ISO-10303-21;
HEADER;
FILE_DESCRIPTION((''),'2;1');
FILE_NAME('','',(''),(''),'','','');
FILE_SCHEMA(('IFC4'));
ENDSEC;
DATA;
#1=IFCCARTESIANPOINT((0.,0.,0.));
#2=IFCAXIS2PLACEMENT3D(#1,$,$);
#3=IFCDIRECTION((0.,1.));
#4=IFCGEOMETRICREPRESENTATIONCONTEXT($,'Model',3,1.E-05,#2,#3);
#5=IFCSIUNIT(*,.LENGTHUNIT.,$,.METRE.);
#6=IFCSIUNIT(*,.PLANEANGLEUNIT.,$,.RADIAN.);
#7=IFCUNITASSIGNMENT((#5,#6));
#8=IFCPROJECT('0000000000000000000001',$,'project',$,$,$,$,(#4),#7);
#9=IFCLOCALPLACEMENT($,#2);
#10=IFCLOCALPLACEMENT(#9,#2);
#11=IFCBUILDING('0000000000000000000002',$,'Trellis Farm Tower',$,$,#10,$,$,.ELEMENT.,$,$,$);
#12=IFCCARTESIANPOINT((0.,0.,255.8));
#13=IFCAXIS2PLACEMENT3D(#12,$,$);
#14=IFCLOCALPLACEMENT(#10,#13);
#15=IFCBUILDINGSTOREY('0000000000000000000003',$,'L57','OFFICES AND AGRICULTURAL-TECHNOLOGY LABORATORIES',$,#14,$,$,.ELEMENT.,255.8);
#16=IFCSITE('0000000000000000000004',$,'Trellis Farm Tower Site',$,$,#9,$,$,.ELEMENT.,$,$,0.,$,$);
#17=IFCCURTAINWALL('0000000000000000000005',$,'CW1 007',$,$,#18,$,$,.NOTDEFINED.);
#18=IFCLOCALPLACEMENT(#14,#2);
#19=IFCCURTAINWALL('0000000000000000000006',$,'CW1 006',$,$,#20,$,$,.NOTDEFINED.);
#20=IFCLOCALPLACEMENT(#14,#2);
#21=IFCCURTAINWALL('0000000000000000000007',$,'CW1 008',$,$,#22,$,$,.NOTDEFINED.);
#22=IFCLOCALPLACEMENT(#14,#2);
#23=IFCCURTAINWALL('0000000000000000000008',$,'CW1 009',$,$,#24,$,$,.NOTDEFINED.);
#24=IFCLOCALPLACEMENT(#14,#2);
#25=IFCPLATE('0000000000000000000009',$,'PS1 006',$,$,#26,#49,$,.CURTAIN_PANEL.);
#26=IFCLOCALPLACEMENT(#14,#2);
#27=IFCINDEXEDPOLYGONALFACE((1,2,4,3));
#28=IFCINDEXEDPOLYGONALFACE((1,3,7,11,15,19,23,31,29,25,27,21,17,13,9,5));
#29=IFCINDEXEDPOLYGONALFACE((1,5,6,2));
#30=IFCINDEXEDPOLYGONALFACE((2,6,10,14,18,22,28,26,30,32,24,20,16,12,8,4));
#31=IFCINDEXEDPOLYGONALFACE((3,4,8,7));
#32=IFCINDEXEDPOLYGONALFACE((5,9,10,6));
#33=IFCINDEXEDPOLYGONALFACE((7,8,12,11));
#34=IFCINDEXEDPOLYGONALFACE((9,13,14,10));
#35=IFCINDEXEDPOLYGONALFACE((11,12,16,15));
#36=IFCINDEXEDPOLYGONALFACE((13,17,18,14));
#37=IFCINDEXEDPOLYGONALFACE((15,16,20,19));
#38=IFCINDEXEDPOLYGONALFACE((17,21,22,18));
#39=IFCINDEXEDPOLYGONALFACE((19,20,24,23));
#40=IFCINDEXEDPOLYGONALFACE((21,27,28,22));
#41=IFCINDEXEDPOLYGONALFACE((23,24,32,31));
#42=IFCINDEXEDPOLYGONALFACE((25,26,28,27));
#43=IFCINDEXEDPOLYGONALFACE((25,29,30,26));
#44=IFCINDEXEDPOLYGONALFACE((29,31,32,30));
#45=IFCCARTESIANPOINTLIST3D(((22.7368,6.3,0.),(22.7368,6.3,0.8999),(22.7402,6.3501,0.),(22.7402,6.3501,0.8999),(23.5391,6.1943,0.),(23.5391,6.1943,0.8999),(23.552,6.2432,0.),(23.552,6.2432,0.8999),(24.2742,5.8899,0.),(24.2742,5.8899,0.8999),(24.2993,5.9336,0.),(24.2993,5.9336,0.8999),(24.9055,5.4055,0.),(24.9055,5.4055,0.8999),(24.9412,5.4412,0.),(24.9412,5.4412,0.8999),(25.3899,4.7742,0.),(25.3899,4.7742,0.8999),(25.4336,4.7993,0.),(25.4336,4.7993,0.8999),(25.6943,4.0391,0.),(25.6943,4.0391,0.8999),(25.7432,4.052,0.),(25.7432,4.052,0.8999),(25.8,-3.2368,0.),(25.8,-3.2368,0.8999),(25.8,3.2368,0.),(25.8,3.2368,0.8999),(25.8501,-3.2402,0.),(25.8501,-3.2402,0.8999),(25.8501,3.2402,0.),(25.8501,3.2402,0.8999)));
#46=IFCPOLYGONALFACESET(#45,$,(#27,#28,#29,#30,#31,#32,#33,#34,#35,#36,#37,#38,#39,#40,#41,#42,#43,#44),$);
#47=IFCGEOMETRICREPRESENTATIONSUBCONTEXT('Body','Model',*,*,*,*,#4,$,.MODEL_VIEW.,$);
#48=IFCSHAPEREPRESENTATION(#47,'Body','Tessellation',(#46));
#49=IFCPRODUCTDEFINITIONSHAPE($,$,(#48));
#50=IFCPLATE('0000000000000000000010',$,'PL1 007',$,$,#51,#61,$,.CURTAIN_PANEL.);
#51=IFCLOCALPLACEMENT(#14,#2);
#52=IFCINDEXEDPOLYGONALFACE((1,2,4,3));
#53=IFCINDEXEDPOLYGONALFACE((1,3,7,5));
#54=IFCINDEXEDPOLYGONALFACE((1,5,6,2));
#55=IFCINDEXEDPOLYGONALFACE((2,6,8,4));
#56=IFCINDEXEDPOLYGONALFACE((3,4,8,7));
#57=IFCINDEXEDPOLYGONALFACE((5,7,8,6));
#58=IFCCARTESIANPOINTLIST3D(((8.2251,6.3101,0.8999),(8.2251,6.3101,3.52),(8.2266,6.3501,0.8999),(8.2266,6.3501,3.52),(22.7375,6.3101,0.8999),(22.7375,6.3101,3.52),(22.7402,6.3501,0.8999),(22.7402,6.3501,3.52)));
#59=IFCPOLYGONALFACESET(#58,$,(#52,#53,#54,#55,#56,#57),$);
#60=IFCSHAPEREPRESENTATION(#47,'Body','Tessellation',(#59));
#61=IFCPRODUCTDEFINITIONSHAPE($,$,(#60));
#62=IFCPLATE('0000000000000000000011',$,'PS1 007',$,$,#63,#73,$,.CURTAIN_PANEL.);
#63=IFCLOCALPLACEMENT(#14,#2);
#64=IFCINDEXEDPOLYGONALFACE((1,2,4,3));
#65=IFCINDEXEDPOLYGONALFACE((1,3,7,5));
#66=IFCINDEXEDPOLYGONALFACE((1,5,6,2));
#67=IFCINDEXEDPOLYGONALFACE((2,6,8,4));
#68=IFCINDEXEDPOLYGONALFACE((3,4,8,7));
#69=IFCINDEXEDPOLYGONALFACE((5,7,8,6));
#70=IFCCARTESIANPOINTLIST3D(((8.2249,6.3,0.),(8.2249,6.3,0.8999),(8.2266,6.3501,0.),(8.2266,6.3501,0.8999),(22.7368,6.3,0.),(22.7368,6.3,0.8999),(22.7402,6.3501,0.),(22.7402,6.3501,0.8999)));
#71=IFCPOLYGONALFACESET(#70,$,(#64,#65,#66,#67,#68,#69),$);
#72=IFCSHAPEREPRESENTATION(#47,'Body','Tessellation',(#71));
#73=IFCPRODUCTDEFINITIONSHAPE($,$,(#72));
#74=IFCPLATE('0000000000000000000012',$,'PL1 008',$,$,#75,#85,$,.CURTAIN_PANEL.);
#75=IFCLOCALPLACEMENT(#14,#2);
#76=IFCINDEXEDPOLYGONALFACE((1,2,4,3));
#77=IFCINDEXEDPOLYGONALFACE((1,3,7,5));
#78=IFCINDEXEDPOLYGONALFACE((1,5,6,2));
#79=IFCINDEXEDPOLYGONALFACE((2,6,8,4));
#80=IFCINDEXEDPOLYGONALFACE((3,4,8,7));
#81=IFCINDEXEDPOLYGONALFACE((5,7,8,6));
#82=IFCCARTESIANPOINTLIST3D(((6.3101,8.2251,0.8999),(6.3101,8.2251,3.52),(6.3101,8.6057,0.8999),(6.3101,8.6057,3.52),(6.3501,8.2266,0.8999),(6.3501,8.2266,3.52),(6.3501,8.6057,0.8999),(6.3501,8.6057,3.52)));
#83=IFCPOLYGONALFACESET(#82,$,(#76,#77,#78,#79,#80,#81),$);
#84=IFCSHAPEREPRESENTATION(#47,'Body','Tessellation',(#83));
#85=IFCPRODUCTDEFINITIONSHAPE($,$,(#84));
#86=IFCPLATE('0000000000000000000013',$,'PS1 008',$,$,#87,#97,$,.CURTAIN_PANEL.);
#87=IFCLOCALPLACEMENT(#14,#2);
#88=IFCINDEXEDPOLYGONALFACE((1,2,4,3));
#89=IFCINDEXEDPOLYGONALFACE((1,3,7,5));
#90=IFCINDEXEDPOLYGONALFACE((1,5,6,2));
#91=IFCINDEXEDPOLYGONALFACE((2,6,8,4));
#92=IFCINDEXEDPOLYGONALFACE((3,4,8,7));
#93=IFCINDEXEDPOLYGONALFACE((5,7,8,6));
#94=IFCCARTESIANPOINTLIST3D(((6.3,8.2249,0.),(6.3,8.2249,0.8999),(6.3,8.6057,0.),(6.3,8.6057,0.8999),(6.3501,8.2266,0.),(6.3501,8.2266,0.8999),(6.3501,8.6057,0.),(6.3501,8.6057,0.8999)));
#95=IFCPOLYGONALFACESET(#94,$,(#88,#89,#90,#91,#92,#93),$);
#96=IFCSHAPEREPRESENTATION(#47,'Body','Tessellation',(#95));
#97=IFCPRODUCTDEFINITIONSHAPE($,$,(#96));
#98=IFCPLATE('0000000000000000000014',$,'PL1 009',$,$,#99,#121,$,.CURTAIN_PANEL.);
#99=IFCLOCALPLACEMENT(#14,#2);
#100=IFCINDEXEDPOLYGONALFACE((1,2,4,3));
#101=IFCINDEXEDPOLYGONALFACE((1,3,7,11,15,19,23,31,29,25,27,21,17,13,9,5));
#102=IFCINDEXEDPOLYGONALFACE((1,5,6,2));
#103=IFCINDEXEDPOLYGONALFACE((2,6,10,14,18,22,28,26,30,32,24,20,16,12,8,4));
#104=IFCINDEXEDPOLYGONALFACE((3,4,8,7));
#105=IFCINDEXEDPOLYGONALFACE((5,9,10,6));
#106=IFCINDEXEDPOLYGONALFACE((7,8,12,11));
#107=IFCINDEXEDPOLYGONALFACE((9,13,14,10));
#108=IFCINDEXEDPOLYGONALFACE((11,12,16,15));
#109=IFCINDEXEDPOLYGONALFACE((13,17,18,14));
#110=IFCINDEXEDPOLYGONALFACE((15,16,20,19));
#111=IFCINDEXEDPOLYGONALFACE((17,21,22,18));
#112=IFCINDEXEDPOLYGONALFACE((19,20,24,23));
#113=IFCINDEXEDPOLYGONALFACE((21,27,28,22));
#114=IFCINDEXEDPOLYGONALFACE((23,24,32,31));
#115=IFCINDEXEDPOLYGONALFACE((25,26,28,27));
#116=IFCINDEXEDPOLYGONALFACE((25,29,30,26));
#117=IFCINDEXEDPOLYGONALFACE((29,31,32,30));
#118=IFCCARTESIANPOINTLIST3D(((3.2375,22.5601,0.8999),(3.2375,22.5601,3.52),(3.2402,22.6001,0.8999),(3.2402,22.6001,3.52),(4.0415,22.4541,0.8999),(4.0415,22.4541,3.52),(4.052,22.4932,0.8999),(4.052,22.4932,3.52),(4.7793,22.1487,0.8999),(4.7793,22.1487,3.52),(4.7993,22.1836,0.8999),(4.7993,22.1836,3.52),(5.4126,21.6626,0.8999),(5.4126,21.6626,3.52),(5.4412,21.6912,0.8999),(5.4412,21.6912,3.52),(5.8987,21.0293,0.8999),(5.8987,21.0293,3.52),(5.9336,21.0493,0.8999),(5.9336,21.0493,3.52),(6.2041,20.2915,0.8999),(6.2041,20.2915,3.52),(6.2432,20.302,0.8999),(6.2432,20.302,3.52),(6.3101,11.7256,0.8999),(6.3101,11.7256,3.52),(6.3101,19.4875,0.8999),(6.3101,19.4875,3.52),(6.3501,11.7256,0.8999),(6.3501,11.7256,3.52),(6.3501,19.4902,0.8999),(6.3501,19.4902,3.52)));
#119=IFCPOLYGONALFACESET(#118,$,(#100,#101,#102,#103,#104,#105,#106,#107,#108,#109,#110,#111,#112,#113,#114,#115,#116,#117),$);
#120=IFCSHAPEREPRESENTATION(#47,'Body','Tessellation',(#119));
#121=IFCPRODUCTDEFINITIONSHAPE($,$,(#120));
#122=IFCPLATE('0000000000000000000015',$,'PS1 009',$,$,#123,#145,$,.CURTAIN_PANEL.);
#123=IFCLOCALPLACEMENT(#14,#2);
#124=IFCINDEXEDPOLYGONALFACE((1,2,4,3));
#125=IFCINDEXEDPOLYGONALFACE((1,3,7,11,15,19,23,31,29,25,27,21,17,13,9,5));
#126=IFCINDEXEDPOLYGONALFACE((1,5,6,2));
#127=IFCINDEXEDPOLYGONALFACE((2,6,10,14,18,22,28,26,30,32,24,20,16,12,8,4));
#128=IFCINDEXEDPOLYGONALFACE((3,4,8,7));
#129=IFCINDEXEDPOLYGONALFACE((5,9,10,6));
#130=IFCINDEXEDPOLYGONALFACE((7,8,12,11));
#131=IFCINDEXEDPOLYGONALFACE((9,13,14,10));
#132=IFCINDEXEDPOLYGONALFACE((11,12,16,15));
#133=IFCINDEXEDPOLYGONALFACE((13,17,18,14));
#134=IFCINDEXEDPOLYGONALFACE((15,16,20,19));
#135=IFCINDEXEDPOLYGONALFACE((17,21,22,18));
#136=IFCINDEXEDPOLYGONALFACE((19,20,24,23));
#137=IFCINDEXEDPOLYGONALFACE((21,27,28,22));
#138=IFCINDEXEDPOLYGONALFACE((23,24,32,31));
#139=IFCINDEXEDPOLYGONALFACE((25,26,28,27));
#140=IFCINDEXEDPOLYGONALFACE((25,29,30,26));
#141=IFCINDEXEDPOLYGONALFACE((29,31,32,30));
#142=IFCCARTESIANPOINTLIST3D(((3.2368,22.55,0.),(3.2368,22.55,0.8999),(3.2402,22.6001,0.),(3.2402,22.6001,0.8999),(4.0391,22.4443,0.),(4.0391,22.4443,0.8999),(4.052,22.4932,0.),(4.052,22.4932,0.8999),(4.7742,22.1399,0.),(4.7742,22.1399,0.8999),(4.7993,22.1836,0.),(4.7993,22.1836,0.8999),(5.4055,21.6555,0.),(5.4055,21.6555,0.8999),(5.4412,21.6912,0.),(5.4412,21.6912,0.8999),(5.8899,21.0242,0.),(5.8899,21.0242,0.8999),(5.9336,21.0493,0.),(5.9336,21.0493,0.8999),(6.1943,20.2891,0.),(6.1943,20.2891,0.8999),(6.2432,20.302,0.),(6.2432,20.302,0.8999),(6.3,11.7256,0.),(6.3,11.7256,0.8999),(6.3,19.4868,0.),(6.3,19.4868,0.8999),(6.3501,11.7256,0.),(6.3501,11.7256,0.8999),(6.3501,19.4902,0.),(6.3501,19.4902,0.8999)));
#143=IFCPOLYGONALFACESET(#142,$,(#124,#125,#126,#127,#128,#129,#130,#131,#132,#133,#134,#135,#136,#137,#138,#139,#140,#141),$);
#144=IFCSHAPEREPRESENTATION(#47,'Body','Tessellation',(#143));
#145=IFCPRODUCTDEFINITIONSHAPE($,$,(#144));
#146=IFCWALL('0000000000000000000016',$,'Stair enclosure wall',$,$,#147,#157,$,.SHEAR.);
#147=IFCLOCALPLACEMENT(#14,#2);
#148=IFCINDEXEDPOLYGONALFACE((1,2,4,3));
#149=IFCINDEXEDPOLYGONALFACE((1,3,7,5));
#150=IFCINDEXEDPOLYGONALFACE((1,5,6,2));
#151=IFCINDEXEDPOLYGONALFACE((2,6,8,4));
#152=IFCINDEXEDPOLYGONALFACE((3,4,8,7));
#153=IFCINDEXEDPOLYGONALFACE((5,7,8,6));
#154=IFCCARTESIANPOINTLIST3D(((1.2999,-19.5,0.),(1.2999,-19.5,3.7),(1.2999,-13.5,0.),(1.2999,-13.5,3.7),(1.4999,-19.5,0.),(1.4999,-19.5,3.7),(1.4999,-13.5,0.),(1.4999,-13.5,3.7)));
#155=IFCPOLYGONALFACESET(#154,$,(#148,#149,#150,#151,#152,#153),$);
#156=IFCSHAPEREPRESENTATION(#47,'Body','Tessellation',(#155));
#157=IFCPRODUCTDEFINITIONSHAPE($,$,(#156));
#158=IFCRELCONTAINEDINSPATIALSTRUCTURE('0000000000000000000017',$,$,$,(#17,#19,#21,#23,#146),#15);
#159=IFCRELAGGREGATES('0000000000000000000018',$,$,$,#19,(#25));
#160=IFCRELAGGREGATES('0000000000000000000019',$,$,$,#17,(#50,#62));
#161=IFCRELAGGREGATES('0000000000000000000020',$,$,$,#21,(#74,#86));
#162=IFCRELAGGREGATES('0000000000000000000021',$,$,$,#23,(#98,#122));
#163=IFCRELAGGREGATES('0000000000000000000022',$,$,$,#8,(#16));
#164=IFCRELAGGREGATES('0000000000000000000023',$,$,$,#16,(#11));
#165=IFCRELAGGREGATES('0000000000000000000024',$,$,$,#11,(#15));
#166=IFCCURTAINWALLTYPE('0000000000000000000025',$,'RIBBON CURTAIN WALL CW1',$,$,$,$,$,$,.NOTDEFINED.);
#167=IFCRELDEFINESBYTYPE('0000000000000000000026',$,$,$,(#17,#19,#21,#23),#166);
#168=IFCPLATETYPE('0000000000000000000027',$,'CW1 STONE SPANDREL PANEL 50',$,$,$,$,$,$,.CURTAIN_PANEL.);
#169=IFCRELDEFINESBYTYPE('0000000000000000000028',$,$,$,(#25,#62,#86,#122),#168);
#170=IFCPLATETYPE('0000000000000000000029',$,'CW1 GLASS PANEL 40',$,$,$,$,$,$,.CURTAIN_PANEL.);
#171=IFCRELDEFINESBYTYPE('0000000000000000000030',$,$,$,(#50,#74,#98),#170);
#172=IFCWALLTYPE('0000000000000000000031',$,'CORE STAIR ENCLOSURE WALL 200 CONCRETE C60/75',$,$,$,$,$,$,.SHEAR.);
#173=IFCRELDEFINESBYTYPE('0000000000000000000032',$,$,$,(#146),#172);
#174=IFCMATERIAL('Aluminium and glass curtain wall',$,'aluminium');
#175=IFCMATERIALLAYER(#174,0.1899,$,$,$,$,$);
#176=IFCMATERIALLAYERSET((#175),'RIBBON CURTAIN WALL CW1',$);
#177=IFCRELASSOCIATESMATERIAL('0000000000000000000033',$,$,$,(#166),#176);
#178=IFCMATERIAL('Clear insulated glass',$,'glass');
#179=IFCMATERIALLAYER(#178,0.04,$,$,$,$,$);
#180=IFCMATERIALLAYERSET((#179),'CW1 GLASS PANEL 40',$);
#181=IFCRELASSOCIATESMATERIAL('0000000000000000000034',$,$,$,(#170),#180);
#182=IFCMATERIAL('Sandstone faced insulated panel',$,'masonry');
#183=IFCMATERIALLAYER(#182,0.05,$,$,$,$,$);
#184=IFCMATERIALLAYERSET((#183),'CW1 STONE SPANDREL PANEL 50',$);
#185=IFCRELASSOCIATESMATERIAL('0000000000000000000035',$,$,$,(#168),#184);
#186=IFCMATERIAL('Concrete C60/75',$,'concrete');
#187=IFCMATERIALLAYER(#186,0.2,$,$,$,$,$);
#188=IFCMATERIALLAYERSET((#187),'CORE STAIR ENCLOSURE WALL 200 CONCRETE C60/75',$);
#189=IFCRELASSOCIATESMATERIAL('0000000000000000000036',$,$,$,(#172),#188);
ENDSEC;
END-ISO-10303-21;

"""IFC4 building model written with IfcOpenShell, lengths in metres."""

from ifc_helpers import new_model, si_unit, direction, frame, frame_2d, origin, place, context, subcontext, project, spatial, polyline, rectangle, outline, extrude, source, transform, mapped, material, layer, layer_set, type_object, element, aggregate, save


model = new_model("IFC4")

# Units and contexts
model_context = context("Model", 3, precision=1e-05, world=origin(), true_north=direction((0.0, 1.0)))
body_context = subcontext(model_context, "Body", "Model", "MODEL_VIEW")
ifc_project = project(units=[si_unit("LENGTHUNIT", "METRE"), si_unit("PLANEANGLEUNIT", "RADIAN")], contexts=[model_context])

# Site, building, storey
site_placement = place(None, origin())
site = spatial("IfcSite", under=ifc_project, at=site_placement, Name="Trellis Farm Tower Site", CompositionType="ELEMENT", RefElevation=0.0)
building_placement = place(site_placement, origin())
building = spatial("IfcBuilding", under=site, at=building_placement, Name="Trellis Farm Tower", CompositionType="ELEMENT")
storey_placement = place(building_placement, frame((0.0, 0.0, 255.8)))
storey = spatial("IfcBuildingStorey", under=building, at=storey_placement, Name="L57", Description="OFFICES AND AGRICULTURAL-TECHNOLOGY LABORATORIES", CompositionType="ELEMENT", Elevation=255.8)

# Curtain walls
ifc_material_1 = material(Name="Aluminium and glass curtain wall", Category="aluminium")
placement_1 = place(storey_placement, origin())
ifc_layer_1 = layer(ifc_material_1, 0.1899)
ifc_layer_set_1 = layer_set([ifc_layer_1], Name="RIBBON CURTAIN WALL CW1")
curtain_wall_type_1 = type_object("IfcCurtainWallType", Name="RIBBON CURTAIN WALL CW1", PredefinedType="NOTDEFINED", material=ifc_layer_set_1)
curtain_wall_1 = element("IfcCurtainWall", 1, at=placement_1, inside=storey, type_object=curtain_wall_type_1, Name="CW1 007", PredefinedType="NOTDEFINED")
curtain_wall_2 = element("IfcCurtainWall", 2, at=placement_1, inside=storey, type_object=curtain_wall_type_1, Name="CW1 006", PredefinedType="NOTDEFINED")
curtain_wall_3 = element("IfcCurtainWall", 3, at=placement_1, inside=storey, type_object=curtain_wall_type_1, Name="CW1 008", PredefinedType="NOTDEFINED")
curtain_wall_4 = element("IfcCurtainWall", 4, at=placement_1, inside=storey, type_object=curtain_wall_type_1, Name="CW1 009", PredefinedType="NOTDEFINED")

# Plates
ifc_material_2 = material(Name="Clear insulated glass", Category="glass")
ifc_layer_2 = layer(ifc_material_2, 0.04)
ifc_layer_set_2 = layer_set([ifc_layer_2], Name="CW1 GLASS PANEL 40")
plate_type_1 = type_object("IfcPlateType", Name="CW1 GLASS PANEL 40", PredefinedType="CURTAIN_PANEL", material=ifc_layer_set_2)
placement_2 = place(storey_placement, frame((0.0, 0.0, 0.8999)))
ifc_material_3 = material(Name="Sandstone faced insulated panel", Category="masonry")
ifc_layer_3 = layer(ifc_material_3, 0.05)
ifc_layer_set_3 = layer_set([ifc_layer_3], Name="CW1 STONE SPANDREL PANEL 50")
plate_type_2 = type_object("IfcPlateType", Name="CW1 STONE SPANDREL PANEL 50", PredefinedType="CURTAIN_PANEL", material=ifc_layer_set_3)
shared_shape_1 = source(origin(), body_context, "Body", "SweptSolid", [
    extrude(outline(polyline([(25.8501, -3.2402), (25.8501, 3.2402), (25.7432, 4.052), (25.4336, 4.7993), (24.9412, 5.4412), (24.2993, 5.9336), (23.552, 6.2432), (22.7402, 6.3501), (22.7368, 6.3), (23.5391, 6.1943), (24.2742, 5.8899), (24.9055, 5.4055), (25.3899, 4.7742), (25.6943, 4.0391), (25.8, 3.2368), (25.8, -3.2368), (25.8501, -3.2402)])), origin(), (0.0, 0.0, 1.0), 0.8999),
])
plate_1 = element("IfcPlate", 5, at=placement_1, type_object=plate_type_2, Name="PS1 006", PredefinedType="CURTAIN_PANEL", context=body_context, shape_type="MappedRepresentation", body=[
    mapped(shared_shape_1, transform((0.0, 0.0, 0.0))),
])
aggregate(curtain_wall_2, [plate_1])
shared_shape_2 = source(origin(), body_context, "Body", "SweptSolid", [
    extrude(outline(polyline([(22.7402, 6.3501), (8.2266, 6.3501), (8.2251, 6.3101), (22.7375, 6.3101), (22.7402, 6.3501)])), origin(), (0.0, 0.0, 1.0), 2.6201),
])
plate_2 = element("IfcPlate", 6, at=placement_2, type_object=plate_type_1, Name="PL1 007", PredefinedType="CURTAIN_PANEL", context=body_context, shape_type="MappedRepresentation", body=[
    mapped(shared_shape_2, transform((0.0, 0.0, 0.0))),
])
shared_shape_3 = source(origin(), body_context, "Body", "SweptSolid", [
    extrude(outline(polyline([(22.7402, 6.3501), (8.2266, 6.3501), (8.2249, 6.3), (22.7368, 6.3), (22.7402, 6.3501)])), origin(), (0.0, 0.0, 1.0), 0.8999),
])
plate_3 = element("IfcPlate", 7, at=placement_1, type_object=plate_type_2, Name="PS1 007", PredefinedType="CURTAIN_PANEL", context=body_context, shape_type="MappedRepresentation", body=[
    mapped(shared_shape_3, transform((0.0, 0.0, 0.0))),
])
aggregate(curtain_wall_1, [plate_2, plate_3])
shared_shape_4 = source(origin(), body_context, "Body", "SweptSolid", [
    extrude(outline(polyline([(6.3501, 8.2266), (6.3501, 8.6057), (6.3101, 8.6057), (6.3101, 8.2251), (6.3501, 8.2266)])), origin(), (0.0, 0.0, 1.0), 2.6201),
])
plate_4 = element("IfcPlate", 8, at=placement_2, type_object=plate_type_1, Name="PL1 008", PredefinedType="CURTAIN_PANEL", context=body_context, shape_type="MappedRepresentation", body=[
    mapped(shared_shape_4, transform((0.0, 0.0, 0.0))),
])
shared_shape_5 = source(origin(), body_context, "Body", "SweptSolid", [
    extrude(outline(polyline([(6.3501, 8.2266), (6.3501, 8.6057), (6.3, 8.6057), (6.3, 8.2249), (6.3501, 8.2266)])), origin(), (0.0, 0.0, 1.0), 0.8999),
])
plate_5 = element("IfcPlate", 9, at=placement_1, type_object=plate_type_2, Name="PS1 008", PredefinedType="CURTAIN_PANEL", context=body_context, shape_type="MappedRepresentation", body=[
    mapped(shared_shape_5, transform((0.0, 0.0, 0.0))),
])
aggregate(curtain_wall_3, [plate_4, plate_5])
shared_shape_6 = source(origin(), body_context, "Body", "SweptSolid", [
    extrude(outline(polyline([(6.3501, 11.7256), (6.3501, 19.4902), (6.2432, 20.302), (5.9336, 21.0493), (5.4412, 21.6912), (4.7993, 22.1836), (4.052, 22.4932), (3.2402, 22.6001), (3.2375, 22.5601), (4.0415, 22.4541), (4.7793, 22.1487), (5.4126, 21.6626), (5.8987, 21.0293), (6.2041, 20.2915), (6.3101, 19.4875), (6.3101, 11.7256), (6.3501, 11.7256)])), origin(), (0.0, 0.0, 1.0), 2.6201),
])
plate_6 = element("IfcPlate", 10, at=placement_2, type_object=plate_type_1, Name="PL1 009", PredefinedType="CURTAIN_PANEL", context=body_context, shape_type="MappedRepresentation", body=[
    mapped(shared_shape_6, transform((0.0, 0.0, 0.0))),
])
shared_shape_7 = source(origin(), body_context, "Body", "SweptSolid", [
    extrude(outline(polyline([(6.3501, 11.7256), (6.3501, 19.4902), (6.2432, 20.302), (5.9336, 21.0493), (5.4412, 21.6912), (4.7993, 22.1836), (4.052, 22.4932), (3.2402, 22.6001), (3.2368, 22.55), (4.0391, 22.4443), (4.7742, 22.1399), (5.4055, 21.6555), (5.8899, 21.0242), (6.1943, 20.2891), (6.3, 19.4868), (6.3, 11.7256), (6.3501, 11.7256)])), origin(), (0.0, 0.0, 1.0), 0.8999),
])
plate_7 = element("IfcPlate", 11, at=placement_1, type_object=plate_type_2, Name="PS1 009", PredefinedType="CURTAIN_PANEL", context=body_context, shape_type="MappedRepresentation", body=[
    mapped(shared_shape_7, transform((0.0, 0.0, 0.0))),
])
aggregate(curtain_wall_4, [plate_6, plate_7])

# Wall
ifc_material_4 = material(Name="Concrete C60/75", Category="concrete")
ifc_layer_4 = layer(ifc_material_4, 0.2)
ifc_layer_set_4 = layer_set([ifc_layer_4], Name="CORE STAIR ENCLOSURE WALL 200 CONCRETE C60/75")
wall_type_1 = type_object("IfcWallType", Name="CORE STAIR ENCLOSURE WALL 200 CONCRETE C60/75", PredefinedType="SHEAR", material=ifc_layer_set_4)
shared_shape_8 = source(origin(), body_context, "Body", "SweptSolid", [
    extrude(rectangle(XDim=6.0, YDim=0.2, at=frame_2d((3.0, 0.0))), origin(), (0.0, 0.0, 1.0), 3.7),
])
wall_1_placement = place(storey_placement, frame((1.3999, -13.5, 0.0), z_axis=(0.0, 0.0, 1.0), x_axis=(0.0, -1.0, 0.0)))
element("IfcWall", 12, at=wall_1_placement, inside=storey, type_object=wall_type_1, Name="Stair enclosure wall", PredefinedType="SHEAR", context=body_context, shape_type="MappedRepresentation", body=[
    mapped(shared_shape_8, transform((0.0, 0.0, 0.0))),
])

save(model, "model.ifc")
